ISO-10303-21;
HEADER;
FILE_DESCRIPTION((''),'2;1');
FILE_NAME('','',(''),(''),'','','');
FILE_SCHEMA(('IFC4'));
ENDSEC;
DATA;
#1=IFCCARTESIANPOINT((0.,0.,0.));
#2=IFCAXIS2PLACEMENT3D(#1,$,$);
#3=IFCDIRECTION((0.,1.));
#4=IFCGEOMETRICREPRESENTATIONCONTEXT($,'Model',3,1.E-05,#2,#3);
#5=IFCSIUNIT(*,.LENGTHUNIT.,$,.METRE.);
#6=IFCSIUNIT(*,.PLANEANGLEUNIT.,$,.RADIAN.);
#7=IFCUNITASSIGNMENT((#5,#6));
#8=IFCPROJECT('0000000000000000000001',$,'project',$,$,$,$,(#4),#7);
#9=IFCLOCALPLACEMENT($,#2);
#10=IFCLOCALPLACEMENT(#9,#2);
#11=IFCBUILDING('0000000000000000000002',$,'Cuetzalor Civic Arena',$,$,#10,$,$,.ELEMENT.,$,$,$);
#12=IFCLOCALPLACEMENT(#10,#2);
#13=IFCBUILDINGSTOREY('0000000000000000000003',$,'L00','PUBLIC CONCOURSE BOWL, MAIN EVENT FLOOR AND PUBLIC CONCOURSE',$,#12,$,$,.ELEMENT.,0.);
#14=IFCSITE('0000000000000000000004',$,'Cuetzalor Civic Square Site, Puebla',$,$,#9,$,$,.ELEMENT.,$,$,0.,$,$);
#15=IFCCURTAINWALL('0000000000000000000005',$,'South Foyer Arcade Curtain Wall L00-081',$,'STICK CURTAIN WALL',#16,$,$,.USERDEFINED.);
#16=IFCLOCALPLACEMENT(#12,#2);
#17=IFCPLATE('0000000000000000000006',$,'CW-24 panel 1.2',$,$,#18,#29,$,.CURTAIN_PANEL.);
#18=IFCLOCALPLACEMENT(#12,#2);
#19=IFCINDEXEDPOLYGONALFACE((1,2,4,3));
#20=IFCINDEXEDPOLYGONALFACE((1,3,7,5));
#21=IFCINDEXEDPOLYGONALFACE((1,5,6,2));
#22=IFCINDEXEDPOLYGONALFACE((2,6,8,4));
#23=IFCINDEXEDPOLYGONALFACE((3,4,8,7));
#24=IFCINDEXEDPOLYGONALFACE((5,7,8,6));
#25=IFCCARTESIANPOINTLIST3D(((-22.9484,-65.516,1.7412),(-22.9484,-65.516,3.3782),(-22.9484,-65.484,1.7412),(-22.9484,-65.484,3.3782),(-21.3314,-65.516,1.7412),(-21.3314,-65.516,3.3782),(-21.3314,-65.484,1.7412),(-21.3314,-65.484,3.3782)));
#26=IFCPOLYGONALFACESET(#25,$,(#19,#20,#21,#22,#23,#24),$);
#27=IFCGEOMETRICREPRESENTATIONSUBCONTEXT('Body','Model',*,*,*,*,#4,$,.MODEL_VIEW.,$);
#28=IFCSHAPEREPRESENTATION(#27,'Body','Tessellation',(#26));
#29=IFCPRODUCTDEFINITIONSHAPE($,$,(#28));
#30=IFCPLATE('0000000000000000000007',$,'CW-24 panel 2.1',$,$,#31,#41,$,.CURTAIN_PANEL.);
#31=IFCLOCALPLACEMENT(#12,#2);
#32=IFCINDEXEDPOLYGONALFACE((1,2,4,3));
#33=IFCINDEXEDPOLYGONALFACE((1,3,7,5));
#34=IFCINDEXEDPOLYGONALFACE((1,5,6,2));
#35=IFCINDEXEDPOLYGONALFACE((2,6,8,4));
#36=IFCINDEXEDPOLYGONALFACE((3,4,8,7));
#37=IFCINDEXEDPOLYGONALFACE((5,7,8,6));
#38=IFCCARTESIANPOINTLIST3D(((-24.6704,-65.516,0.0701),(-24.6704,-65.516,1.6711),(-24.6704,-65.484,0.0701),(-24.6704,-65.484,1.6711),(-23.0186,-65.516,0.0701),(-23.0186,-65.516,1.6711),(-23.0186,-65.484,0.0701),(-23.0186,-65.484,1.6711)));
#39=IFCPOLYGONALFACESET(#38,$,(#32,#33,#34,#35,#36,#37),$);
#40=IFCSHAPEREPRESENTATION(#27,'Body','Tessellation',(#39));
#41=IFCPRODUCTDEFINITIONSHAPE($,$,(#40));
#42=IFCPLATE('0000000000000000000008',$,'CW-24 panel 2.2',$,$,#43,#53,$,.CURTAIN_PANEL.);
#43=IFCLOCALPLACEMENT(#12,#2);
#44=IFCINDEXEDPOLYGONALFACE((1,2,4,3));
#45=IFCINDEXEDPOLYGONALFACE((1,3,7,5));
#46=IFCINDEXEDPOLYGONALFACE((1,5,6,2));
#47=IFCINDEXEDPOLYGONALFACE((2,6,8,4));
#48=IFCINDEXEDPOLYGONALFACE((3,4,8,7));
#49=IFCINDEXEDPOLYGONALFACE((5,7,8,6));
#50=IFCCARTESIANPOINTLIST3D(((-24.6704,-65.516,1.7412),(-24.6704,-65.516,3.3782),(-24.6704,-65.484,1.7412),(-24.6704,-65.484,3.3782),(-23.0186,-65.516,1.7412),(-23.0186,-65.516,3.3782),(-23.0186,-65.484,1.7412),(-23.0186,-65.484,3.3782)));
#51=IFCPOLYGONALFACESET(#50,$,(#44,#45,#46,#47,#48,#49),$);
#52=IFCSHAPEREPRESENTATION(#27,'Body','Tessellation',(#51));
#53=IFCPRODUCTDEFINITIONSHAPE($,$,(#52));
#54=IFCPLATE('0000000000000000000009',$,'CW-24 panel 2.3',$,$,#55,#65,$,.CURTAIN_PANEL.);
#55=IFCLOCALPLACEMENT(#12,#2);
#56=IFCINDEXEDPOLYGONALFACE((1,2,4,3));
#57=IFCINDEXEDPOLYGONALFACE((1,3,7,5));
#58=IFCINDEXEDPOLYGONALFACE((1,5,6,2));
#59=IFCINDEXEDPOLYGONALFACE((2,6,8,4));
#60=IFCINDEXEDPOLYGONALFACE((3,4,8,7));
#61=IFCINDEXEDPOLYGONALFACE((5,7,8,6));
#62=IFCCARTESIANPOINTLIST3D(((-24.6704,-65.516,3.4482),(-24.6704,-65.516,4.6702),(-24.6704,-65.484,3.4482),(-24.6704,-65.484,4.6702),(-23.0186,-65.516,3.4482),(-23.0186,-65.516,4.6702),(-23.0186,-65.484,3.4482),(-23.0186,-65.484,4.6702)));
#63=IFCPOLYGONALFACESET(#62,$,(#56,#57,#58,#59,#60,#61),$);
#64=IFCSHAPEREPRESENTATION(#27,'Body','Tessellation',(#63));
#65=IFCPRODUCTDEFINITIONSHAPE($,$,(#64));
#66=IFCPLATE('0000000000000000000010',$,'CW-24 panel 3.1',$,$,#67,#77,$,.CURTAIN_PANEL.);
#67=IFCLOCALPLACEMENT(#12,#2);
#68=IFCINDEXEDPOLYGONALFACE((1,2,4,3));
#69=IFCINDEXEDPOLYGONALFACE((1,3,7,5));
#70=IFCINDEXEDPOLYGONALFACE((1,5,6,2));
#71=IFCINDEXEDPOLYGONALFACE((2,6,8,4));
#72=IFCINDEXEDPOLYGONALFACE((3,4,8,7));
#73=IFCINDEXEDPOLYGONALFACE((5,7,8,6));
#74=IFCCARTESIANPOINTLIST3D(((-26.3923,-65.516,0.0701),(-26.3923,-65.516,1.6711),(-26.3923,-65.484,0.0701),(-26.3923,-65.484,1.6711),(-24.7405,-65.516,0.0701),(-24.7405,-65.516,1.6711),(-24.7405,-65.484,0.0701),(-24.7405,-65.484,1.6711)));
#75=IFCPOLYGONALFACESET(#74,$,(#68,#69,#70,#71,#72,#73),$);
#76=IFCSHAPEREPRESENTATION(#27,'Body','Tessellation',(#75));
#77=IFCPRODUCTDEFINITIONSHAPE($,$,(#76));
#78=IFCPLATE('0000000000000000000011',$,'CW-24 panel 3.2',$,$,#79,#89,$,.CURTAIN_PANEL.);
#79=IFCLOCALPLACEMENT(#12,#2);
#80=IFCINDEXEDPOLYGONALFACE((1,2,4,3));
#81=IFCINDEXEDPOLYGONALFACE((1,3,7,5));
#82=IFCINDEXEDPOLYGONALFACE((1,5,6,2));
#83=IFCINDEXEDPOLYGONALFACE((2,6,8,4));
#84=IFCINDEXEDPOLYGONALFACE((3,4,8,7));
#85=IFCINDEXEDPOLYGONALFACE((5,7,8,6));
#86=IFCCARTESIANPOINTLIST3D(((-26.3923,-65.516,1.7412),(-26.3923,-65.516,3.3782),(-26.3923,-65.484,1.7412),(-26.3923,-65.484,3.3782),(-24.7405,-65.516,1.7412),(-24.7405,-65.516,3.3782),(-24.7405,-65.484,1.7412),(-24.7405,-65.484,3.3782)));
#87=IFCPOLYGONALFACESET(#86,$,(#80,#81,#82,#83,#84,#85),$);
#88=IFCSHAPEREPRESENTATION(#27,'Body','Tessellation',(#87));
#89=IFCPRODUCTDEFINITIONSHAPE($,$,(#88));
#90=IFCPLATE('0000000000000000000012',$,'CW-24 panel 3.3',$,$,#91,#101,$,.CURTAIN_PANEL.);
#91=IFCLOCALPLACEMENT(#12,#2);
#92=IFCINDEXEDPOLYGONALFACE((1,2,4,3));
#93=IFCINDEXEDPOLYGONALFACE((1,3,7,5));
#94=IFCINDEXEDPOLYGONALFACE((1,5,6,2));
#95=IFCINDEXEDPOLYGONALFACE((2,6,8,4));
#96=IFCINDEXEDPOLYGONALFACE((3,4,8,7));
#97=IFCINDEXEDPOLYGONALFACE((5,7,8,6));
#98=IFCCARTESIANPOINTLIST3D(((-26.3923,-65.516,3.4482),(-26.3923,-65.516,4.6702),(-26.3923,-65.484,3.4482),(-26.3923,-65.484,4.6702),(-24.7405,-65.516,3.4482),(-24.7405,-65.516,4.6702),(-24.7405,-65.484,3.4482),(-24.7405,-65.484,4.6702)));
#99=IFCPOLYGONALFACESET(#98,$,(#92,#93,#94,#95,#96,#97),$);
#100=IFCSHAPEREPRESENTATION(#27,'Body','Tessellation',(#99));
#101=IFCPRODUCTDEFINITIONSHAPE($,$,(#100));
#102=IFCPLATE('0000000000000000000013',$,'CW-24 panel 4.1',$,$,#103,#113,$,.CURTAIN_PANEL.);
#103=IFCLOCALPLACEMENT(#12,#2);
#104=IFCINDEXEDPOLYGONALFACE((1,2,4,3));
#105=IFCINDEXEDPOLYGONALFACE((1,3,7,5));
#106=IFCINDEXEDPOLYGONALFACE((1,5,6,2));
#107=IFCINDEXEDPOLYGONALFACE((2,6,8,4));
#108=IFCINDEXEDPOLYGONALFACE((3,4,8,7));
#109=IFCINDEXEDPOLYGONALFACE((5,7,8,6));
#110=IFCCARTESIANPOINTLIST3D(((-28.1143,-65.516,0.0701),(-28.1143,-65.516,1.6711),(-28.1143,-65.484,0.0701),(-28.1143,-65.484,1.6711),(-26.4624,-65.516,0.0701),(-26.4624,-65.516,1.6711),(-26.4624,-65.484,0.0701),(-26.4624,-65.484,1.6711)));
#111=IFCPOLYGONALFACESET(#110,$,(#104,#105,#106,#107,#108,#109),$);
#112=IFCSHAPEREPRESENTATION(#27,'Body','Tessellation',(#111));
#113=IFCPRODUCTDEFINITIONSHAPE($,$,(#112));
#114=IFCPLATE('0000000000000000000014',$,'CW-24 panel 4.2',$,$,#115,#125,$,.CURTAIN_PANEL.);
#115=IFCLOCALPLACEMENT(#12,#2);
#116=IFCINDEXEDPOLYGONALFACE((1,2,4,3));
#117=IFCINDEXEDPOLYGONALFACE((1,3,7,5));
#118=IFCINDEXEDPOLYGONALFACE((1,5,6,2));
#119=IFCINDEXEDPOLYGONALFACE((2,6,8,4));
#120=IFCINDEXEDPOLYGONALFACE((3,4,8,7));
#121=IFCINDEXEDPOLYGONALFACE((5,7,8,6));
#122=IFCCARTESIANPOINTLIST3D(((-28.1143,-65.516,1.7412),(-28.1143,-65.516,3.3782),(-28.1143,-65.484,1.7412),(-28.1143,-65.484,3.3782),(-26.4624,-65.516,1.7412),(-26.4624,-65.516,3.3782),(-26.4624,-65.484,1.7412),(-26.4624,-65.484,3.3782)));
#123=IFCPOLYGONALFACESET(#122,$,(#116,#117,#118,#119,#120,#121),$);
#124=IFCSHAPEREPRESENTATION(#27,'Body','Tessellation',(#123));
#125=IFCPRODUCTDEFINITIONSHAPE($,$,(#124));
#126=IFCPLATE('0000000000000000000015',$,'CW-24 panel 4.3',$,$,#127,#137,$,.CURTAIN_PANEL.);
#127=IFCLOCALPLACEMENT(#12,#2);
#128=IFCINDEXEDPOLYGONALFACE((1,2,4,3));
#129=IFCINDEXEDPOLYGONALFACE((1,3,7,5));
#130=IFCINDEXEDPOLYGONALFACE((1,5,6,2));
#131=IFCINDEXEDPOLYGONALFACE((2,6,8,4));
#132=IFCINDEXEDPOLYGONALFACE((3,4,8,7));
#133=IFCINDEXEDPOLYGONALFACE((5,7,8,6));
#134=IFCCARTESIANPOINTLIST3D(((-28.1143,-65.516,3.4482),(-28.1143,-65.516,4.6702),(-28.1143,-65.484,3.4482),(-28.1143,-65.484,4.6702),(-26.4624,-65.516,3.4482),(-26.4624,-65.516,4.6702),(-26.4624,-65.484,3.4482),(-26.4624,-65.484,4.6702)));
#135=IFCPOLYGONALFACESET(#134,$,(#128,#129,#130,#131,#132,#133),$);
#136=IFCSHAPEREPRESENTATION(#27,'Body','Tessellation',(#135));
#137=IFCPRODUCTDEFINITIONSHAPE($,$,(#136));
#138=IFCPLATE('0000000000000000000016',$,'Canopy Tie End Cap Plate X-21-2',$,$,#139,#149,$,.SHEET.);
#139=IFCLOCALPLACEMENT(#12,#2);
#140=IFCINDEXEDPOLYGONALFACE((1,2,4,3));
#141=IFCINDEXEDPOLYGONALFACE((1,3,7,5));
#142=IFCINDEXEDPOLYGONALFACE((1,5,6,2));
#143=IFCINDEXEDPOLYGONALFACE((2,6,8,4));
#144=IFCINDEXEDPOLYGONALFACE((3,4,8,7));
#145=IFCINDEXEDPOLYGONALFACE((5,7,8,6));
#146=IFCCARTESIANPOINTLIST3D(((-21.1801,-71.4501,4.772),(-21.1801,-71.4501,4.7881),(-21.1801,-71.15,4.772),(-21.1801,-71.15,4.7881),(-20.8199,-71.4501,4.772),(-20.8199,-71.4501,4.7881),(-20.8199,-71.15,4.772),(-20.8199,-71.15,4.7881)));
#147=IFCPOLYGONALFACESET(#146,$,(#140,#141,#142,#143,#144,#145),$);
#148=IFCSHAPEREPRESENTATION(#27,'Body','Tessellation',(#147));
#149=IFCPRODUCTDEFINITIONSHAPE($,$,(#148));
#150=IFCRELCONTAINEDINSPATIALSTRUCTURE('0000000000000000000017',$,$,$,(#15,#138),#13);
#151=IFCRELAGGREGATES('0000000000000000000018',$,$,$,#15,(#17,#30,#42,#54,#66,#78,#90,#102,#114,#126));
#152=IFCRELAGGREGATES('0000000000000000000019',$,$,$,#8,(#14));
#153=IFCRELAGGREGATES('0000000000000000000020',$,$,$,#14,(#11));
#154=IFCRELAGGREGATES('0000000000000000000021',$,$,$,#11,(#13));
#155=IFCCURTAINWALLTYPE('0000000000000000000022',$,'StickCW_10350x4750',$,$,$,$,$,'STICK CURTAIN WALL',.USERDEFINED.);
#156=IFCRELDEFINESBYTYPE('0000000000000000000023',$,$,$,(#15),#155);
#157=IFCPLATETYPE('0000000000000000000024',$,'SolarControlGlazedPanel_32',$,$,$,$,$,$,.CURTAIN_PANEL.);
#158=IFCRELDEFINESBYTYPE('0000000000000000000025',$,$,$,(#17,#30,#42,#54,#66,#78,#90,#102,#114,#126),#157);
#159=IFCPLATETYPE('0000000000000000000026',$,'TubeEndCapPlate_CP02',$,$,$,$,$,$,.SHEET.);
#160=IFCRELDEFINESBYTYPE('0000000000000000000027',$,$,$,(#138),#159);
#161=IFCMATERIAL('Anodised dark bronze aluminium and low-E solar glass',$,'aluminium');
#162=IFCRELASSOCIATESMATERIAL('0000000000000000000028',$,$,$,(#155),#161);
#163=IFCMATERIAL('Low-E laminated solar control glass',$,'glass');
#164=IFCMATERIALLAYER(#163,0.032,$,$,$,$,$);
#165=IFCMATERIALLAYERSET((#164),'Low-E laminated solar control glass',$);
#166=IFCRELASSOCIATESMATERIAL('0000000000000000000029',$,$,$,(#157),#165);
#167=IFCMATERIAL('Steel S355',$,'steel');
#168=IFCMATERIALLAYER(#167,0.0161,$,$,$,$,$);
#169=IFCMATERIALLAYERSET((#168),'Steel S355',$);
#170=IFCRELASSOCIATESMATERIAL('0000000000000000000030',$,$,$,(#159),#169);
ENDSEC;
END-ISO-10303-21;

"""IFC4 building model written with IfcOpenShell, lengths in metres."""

from ifc_helpers import new_model, si_unit, direction, frame, origin, origin_2d, place, context, subcontext, project, spatial, rectangle, extrude, material, layer, layer_set, type_object, element, aggregate, save


model = new_model("IFC4")

# Units and contexts
model_context = context("Model", 3, precision=1e-05, world=origin(), true_north=direction((0.0, 1.0)))
body_context = subcontext(model_context, "Body", "Model", "MODEL_VIEW")
ifc_project = project(units=[si_unit("LENGTHUNIT", "METRE"), si_unit("PLANEANGLEUNIT", "RADIAN")], contexts=[model_context])

# Site, building, storey
site_placement = place(None, origin())
site = spatial("IfcSite", under=ifc_project, at=site_placement, Name="Cuetzalor Civic Square Site, Puebla", CompositionType="ELEMENT", RefElevation=0.0)
building_placement = place(site_placement, origin())
building = spatial("IfcBuilding", under=site, at=building_placement, Name="Cuetzalor Civic Arena", CompositionType="ELEMENT")
storey_placement = place(building_placement, origin())
storey = spatial("IfcBuildingStorey", under=building, at=storey_placement, Name="L00", Description="PUBLIC CONCOURSE BOWL, MAIN EVENT FLOOR AND PUBLIC CONCOURSE", CompositionType="ELEMENT", Elevation=0.0)

# Curtain wall, plates
ifc_material_1 = material(Name="Anodised dark bronze aluminium and low-E solar glass", Category="aluminium")
curtain_wall_type = type_object("IfcCurtainWallType", Name="StickCW_10350x4750", ElementType="STICK CURTAIN WALL", PredefinedType="USERDEFINED", material=ifc_material_1)
curtain_wall_placement = place(storey_placement, origin())
curtain_wall = element("IfcCurtainWall", 1, at=curtain_wall_placement, inside=storey, type_object=curtain_wall_type, Name="South Foyer Arcade Curtain Wall L00-081", ObjectType="STICK CURTAIN WALL", PredefinedType="USERDEFINED")
ifc_material_2 = material(Name="Low-E laminated solar control glass", Category="glass")
ifc_layer_1 = layer(ifc_material_2, 0.032)
ifc_layer_set_1 = layer_set([ifc_layer_1], Name="Low-E laminated solar control glass")
plate_type_1 = type_object("IfcPlateType", Name="SolarControlGlazedPanel_32", PredefinedType="CURTAIN_PANEL", material=ifc_layer_set_1)
plate_1_placement = place(storey_placement, frame((-22.1399, -65.5, 1.7412), z_axis=(0.0, 0.0, 1.0), x_axis=(-1.0, 0.0, 0.0)))
plate_1 = element("IfcPlate", 2, at=plate_1_placement, type_object=plate_type_1, Name="CW-24 panel 1.2", PredefinedType="CURTAIN_PANEL", context=body_context, shape_type="SweptSolid", body=[
    extrude(rectangle(XDim=1.6169, YDim=0.032, at=origin_2d()), origin(), (0.0, 0.0, 1.0), 1.637),
])
plate_2_placement = place(storey_placement, frame((-23.8445, -65.5, 0.0701), z_axis=(0.0, 0.0, 1.0), x_axis=(-1.0, 0.0, 0.0)))
plate_2 = element("IfcPlate", 3, at=plate_2_placement, type_object=plate_type_1, Name="CW-24 panel 2.1", PredefinedType="CURTAIN_PANEL", context=body_context, shape_type="SweptSolid", body=[
    extrude(rectangle(XDim=1.6519, YDim=0.032, at=origin_2d()), origin(), (0.0, 0.0, 1.0), 1.6011),
])
plate_3_placement = place(storey_placement, frame((-23.8445, -65.5, 1.7412), z_axis=(0.0, 0.0, 1.0), x_axis=(-1.0, 0.0, 0.0)))
plate_3 = element("IfcPlate", 4, at=plate_3_placement, type_object=plate_type_1, Name="CW-24 panel 2.2", PredefinedType="CURTAIN_PANEL", context=body_context, shape_type="SweptSolid", body=[
    extrude(rectangle(XDim=1.6519, YDim=0.032, at=origin_2d()), origin(), (0.0, 0.0, 1.0), 1.637),
])
plate_4_placement = place(storey_placement, frame((-23.8445, -65.5, 3.4482), z_axis=(0.0, 0.0, 1.0), x_axis=(-1.0, 0.0, 0.0)))
plate_4 = element("IfcPlate", 5, at=plate_4_placement, type_object=plate_type_1, Name="CW-24 panel 2.3", PredefinedType="CURTAIN_PANEL", context=body_context, shape_type="SweptSolid", body=[
    extrude(rectangle(XDim=1.6519, YDim=0.032, at=origin_2d()), origin(), (0.0, 0.0, 1.0), 1.2219),
])
plate_5_placement = place(storey_placement, frame((-25.5664, -65.5, 0.0701), z_axis=(0.0, 0.0, 1.0), x_axis=(-1.0, 0.0, 0.0)))
plate_5 = element("IfcPlate", 6, at=plate_5_placement, type_object=plate_type_1, Name="CW-24 panel 3.1", PredefinedType="CURTAIN_PANEL", context=body_context, shape_type="SweptSolid", body=[
    extrude(rectangle(XDim=1.6519, YDim=0.032, at=origin_2d()), origin(), (0.0, 0.0, 1.0), 1.6011),
])
plate_6_placement = place(storey_placement, frame((-25.5664, -65.5, 1.7412), z_axis=(0.0, 0.0, 1.0), x_axis=(-1.0, 0.0, 0.0)))
plate_6 = element("IfcPlate", 7, at=plate_6_placement, type_object=plate_type_1, Name="CW-24 panel 3.2", PredefinedType="CURTAIN_PANEL", context=body_context, shape_type="SweptSolid", body=[
    extrude(rectangle(XDim=1.6519, YDim=0.032, at=origin_2d()), origin(), (0.0, 0.0, 1.0), 1.637),
])
plate_7_placement = place(storey_placement, frame((-25.5664, -65.5, 3.4482), z_axis=(0.0, 0.0, 1.0), x_axis=(-1.0, 0.0, 0.0)))
plate_7 = element("IfcPlate", 8, at=plate_7_placement, type_object=plate_type_1, Name="CW-24 panel 3.3", PredefinedType="CURTAIN_PANEL", context=body_context, shape_type="SweptSolid", body=[
    extrude(rectangle(XDim=1.6519, YDim=0.032, at=origin_2d()), origin(), (0.0, 0.0, 1.0), 1.2219),
])
plate_8_placement = place(storey_placement, frame((-27.2883, -65.5, 0.0701), z_axis=(0.0, 0.0, 1.0), x_axis=(-1.0, 0.0, 0.0)))
plate_8 = element("IfcPlate", 9, at=plate_8_placement, type_object=plate_type_1, Name="CW-24 panel 4.1", PredefinedType="CURTAIN_PANEL", context=body_context, shape_type="SweptSolid", body=[
    extrude(rectangle(XDim=1.6519, YDim=0.032, at=origin_2d()), origin(), (0.0, 0.0, 1.0), 1.6011),
])
plate_9_placement = place(storey_placement, frame((-27.2883, -65.5, 1.7412), z_axis=(0.0, 0.0, 1.0), x_axis=(-1.0, 0.0, 0.0)))
plate_9 = element("IfcPlate", 10, at=plate_9_placement, type_object=plate_type_1, Name="CW-24 panel 4.2", PredefinedType="CURTAIN_PANEL", context=body_context, shape_type="SweptSolid", body=[
    extrude(rectangle(XDim=1.6519, YDim=0.032, at=origin_2d()), origin(), (0.0, 0.0, 1.0), 1.637),
])
plate_10_placement = place(storey_placement, frame((-27.2883, -65.5, 3.4482), z_axis=(0.0, 0.0, 1.0), x_axis=(-1.0, 0.0, 0.0)))
plate_10 = element("IfcPlate", 11, at=plate_10_placement, type_object=plate_type_1, Name="CW-24 panel 4.3", PredefinedType="CURTAIN_PANEL", context=body_context, shape_type="SweptSolid", body=[
    extrude(rectangle(XDim=1.6519, YDim=0.032, at=origin_2d()), origin(), (0.0, 0.0, 1.0), 1.2219),
])
aggregate(curtain_wall, [plate_1, plate_2, plate_3, plate_4, plate_5, plate_6, plate_7, plate_8, plate_9, plate_10])

# Plate
ifc_material_3 = material(Name="Steel S355", Category="steel")
ifc_layer_2 = layer(ifc_material_3, 0.0161)
ifc_layer_set_2 = layer_set([ifc_layer_2], Name="Steel S355")
plate_type_2 = type_object("IfcPlateType", Name="TubeEndCapPlate_CP02", PredefinedType="SHEET", material=ifc_layer_set_2)
plate_11_placement = place(storey_placement, frame((-21.0, -71.3, 4.772), z_axis=(0.0, 0.0, 1.0), x_axis=(1.0, 0.0, 0.0)))
element("IfcPlate", 12, at=plate_11_placement, inside=storey, type_object=plate_type_2, Name="Canopy Tie End Cap Plate X-21-2", PredefinedType="SHEET", context=body_context, shape_type="SweptSolid", body=[
    extrude(rectangle(XDim=0.3601, YDim=0.3, at=origin_2d()), origin(), (0.0, 0.0, 1.0), 0.0161),
])

save(model, "model.ifc")
